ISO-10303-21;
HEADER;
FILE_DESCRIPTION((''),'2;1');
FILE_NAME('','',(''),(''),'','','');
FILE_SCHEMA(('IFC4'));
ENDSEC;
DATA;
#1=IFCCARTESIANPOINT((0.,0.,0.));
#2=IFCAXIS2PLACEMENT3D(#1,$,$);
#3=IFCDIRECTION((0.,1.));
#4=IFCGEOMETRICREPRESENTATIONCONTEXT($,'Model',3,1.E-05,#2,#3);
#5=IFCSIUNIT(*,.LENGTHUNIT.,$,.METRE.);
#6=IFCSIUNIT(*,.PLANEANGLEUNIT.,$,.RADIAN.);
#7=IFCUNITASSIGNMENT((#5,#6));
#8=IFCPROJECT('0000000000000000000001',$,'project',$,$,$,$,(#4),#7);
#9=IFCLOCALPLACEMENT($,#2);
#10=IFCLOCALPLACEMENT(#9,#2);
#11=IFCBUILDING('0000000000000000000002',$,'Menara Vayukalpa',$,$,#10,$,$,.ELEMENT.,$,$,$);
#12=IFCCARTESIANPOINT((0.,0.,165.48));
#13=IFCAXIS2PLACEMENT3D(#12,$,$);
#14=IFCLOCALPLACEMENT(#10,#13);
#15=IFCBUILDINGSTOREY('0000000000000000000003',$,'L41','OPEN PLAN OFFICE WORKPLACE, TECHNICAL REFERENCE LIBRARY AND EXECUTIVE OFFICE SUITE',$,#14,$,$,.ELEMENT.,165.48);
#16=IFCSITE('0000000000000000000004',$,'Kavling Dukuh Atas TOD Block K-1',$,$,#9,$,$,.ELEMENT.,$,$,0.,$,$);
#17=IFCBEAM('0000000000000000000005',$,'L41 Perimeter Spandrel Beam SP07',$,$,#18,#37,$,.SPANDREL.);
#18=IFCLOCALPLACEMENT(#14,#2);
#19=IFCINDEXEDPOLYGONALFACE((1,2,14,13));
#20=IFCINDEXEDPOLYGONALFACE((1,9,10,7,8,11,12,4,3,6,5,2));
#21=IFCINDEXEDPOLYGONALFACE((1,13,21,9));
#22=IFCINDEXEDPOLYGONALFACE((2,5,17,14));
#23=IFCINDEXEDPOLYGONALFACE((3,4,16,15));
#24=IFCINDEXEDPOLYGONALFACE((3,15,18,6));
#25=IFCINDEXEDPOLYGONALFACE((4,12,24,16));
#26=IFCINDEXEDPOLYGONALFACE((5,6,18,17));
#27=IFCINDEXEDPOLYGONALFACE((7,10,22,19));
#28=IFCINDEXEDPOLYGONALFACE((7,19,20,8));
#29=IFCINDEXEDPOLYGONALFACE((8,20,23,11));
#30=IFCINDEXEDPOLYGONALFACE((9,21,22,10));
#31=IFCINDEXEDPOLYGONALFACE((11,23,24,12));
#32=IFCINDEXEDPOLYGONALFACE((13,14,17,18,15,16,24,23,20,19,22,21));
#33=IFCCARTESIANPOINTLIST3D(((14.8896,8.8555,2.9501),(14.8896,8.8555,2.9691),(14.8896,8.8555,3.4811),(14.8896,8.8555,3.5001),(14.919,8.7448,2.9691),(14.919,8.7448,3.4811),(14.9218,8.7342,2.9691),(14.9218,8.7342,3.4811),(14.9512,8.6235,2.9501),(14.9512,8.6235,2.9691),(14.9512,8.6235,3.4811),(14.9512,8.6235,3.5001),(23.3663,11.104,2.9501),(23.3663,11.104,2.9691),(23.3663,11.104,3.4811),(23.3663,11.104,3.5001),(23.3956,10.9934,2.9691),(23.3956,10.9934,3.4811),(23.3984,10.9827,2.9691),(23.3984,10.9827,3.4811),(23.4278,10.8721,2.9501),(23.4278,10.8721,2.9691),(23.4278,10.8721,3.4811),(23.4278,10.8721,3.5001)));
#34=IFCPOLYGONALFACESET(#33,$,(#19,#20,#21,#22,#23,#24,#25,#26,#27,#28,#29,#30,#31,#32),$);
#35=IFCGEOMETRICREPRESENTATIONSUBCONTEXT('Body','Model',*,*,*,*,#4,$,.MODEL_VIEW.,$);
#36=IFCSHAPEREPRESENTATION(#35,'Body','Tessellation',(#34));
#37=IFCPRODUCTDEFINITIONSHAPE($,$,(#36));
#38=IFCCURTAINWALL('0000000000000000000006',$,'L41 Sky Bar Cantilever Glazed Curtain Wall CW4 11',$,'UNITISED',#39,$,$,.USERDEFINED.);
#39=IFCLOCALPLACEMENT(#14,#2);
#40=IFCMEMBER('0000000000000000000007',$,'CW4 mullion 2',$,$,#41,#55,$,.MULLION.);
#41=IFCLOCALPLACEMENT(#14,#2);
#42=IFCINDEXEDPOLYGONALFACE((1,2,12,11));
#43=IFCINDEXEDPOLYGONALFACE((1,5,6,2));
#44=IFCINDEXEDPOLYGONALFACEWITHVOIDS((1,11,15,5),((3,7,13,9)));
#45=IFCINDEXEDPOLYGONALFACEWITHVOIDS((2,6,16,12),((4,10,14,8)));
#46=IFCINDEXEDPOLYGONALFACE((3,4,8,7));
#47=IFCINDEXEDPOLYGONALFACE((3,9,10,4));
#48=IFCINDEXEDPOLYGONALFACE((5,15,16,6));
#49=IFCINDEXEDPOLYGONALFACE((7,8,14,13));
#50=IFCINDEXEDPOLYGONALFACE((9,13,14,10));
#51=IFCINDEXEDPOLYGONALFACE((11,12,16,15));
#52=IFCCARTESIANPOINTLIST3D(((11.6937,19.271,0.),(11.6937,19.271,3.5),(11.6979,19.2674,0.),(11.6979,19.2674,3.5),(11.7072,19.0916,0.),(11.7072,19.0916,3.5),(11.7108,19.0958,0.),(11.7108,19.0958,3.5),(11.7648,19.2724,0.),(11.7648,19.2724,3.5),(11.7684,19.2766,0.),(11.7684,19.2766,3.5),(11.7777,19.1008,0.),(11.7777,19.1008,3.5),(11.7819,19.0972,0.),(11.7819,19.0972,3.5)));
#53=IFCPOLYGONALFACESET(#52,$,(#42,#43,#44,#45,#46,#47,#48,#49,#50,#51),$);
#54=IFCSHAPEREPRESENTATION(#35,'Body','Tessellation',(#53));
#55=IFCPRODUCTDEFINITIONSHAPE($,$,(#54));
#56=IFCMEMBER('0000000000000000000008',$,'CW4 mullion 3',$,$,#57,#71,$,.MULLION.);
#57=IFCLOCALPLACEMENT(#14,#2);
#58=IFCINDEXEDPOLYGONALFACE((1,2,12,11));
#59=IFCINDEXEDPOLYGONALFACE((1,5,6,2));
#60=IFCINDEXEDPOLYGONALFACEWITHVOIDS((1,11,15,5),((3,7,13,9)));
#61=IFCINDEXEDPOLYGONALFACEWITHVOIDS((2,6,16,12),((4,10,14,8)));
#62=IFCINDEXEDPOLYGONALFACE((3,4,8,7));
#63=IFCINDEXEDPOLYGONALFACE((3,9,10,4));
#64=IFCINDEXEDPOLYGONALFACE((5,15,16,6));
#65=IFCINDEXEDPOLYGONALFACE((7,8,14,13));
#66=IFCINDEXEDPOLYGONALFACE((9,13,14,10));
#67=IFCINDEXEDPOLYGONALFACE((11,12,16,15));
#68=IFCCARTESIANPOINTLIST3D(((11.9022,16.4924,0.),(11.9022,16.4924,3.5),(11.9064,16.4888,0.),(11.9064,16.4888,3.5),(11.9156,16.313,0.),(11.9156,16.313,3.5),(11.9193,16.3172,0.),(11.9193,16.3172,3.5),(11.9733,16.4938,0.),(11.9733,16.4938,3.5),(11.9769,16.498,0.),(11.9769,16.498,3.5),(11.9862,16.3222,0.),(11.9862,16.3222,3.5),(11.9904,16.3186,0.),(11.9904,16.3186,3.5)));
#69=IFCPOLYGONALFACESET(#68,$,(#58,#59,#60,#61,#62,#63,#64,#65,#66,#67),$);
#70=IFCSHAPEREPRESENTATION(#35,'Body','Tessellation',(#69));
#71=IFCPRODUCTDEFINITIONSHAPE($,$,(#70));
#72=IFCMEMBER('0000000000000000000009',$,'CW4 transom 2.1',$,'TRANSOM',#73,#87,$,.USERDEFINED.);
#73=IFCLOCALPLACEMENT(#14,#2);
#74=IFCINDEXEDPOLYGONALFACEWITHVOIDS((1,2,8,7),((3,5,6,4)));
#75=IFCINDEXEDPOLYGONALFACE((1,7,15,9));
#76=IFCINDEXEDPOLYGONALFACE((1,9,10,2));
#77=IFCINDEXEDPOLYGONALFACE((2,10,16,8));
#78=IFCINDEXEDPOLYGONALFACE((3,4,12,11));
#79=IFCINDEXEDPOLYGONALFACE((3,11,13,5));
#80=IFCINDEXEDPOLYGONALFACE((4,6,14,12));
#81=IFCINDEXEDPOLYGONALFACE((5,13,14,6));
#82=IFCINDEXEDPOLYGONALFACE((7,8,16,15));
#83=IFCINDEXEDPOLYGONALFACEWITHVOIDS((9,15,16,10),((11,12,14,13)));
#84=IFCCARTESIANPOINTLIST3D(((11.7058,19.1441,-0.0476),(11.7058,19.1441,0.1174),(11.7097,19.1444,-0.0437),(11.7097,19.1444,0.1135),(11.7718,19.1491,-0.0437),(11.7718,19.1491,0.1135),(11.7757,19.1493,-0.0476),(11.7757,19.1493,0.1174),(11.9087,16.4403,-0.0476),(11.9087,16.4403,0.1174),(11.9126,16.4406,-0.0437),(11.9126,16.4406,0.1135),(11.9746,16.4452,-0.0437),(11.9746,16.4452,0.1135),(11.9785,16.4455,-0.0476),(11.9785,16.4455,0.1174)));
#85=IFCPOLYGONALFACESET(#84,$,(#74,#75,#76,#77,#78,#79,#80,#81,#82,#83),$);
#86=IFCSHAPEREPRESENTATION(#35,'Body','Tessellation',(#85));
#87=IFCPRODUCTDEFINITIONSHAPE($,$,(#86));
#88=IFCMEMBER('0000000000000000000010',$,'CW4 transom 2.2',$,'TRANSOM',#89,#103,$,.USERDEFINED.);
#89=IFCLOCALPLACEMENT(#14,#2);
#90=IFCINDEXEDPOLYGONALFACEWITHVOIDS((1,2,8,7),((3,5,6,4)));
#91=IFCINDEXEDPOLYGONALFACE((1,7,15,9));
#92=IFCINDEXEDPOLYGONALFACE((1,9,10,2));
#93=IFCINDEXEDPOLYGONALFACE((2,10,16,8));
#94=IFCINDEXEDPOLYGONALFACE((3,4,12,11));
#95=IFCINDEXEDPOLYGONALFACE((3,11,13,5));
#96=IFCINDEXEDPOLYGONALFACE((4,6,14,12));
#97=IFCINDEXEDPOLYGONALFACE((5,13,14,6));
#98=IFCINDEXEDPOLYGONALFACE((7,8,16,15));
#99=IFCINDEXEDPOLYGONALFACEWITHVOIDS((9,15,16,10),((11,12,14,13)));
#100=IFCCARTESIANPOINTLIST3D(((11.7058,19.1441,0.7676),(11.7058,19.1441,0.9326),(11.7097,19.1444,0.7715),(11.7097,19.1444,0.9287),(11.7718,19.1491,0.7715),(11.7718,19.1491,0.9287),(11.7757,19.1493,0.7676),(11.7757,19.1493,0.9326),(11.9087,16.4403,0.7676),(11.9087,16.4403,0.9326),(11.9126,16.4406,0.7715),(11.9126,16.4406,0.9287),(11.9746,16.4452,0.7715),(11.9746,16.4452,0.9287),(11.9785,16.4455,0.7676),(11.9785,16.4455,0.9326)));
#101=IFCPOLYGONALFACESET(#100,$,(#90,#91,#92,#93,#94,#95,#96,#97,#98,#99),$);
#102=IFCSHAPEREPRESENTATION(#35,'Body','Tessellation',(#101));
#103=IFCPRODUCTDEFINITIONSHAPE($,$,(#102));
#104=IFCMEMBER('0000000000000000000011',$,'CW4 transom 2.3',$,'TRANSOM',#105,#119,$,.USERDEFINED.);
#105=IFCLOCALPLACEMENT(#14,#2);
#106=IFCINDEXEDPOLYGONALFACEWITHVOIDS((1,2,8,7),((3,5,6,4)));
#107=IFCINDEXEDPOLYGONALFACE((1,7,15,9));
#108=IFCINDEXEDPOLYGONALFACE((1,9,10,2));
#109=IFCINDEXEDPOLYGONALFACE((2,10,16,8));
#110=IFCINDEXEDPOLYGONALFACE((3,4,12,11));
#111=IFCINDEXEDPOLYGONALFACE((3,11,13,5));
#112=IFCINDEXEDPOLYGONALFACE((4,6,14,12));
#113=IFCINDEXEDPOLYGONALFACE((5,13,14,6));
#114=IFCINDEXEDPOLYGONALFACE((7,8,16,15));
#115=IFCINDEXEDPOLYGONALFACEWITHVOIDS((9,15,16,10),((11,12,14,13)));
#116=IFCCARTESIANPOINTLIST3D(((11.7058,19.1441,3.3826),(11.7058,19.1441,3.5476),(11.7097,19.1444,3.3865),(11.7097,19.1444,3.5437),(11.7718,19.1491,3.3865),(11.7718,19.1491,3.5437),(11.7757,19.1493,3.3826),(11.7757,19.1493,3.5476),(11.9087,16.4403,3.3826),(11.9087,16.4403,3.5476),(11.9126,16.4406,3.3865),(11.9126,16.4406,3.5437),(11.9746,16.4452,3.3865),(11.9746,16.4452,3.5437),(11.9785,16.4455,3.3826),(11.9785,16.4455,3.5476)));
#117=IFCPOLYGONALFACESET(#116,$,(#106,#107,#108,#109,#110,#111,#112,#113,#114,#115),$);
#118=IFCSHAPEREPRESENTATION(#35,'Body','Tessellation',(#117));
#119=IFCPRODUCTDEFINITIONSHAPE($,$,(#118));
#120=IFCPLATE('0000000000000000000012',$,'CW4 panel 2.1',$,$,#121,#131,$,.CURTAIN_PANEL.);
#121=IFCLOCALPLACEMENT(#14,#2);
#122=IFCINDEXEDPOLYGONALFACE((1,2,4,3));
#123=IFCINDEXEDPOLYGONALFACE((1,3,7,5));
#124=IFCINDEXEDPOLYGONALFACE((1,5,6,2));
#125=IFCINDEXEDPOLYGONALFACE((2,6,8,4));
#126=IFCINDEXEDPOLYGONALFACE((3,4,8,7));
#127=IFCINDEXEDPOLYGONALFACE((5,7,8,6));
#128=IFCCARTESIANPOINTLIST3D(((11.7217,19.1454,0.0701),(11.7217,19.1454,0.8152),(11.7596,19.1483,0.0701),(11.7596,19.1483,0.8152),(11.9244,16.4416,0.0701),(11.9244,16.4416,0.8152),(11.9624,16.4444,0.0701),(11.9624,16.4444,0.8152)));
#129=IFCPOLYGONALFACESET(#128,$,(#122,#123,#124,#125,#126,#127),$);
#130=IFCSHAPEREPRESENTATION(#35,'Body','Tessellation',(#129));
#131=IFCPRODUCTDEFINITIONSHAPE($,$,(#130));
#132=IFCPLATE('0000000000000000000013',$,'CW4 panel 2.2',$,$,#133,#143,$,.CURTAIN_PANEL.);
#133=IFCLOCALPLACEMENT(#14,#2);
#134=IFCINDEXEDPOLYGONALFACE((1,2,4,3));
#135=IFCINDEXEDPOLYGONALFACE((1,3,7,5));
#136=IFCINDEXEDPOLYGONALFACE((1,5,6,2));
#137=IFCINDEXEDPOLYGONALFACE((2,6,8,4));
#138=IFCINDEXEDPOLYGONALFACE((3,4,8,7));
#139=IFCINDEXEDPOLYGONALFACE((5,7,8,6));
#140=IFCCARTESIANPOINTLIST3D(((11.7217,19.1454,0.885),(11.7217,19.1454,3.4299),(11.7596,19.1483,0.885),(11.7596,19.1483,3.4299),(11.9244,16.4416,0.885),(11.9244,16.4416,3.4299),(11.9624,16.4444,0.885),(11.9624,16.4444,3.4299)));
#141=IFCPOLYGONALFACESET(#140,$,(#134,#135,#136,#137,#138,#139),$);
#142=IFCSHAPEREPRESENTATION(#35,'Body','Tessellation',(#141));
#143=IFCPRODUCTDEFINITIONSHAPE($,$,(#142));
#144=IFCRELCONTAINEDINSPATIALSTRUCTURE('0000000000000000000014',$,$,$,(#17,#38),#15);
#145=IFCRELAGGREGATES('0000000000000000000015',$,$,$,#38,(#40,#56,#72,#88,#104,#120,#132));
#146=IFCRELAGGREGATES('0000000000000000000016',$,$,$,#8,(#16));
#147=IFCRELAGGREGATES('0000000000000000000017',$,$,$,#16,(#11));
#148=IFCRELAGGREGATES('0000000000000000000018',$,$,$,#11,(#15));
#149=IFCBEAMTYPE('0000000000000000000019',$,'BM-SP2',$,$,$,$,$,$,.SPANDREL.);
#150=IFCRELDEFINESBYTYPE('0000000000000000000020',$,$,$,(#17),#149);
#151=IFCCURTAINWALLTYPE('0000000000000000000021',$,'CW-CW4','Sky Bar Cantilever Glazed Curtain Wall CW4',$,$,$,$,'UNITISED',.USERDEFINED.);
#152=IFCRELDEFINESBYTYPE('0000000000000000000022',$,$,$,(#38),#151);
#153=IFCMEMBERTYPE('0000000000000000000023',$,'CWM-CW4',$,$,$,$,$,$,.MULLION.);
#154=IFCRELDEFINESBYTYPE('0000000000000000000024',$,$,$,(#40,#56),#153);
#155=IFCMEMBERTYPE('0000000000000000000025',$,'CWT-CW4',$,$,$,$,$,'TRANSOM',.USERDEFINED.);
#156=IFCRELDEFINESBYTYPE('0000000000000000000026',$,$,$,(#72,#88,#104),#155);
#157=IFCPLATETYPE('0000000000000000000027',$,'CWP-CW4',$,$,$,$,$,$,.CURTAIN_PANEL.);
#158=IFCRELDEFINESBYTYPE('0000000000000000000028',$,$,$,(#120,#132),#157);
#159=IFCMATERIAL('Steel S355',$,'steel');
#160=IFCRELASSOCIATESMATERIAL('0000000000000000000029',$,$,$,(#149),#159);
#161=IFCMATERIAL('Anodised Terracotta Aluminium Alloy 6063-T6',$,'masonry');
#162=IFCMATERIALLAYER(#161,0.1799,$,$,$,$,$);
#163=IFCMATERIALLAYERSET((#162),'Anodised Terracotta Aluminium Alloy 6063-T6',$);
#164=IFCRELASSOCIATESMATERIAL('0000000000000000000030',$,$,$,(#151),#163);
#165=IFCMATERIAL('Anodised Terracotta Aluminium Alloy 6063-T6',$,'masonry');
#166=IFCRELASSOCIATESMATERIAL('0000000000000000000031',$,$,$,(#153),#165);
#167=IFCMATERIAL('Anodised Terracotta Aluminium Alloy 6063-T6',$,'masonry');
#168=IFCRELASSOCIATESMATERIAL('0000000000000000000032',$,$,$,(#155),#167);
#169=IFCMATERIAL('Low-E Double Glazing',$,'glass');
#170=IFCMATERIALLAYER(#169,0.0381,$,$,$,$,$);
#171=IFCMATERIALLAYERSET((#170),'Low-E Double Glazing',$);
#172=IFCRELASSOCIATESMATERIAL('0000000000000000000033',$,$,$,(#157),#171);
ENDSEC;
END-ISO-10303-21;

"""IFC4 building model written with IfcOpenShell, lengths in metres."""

from ifc_helpers import new_model, si_unit, direction, frame, origin, origin_2d, place, context, subcontext, project, spatial, rectangle, hollow_rectangle, i_section, extrude, material, layer, layer_set, material_profile, profile_set, type_object, element, aggregate, save


model = new_model("IFC4")

# Units and contexts
model_context = context("Model", 3, precision=1e-05, world=origin(), true_north=direction((0.0, 1.0)))
body_context = subcontext(model_context, "Body", "Model", "MODEL_VIEW")
ifc_project = project(units=[si_unit("LENGTHUNIT", "METRE"), si_unit("PLANEANGLEUNIT", "RADIAN")], contexts=[model_context])

# Site, building, storey
site_placement = place(None, origin())
site = spatial("IfcSite", under=ifc_project, at=site_placement, Name="Kavling Dukuh Atas TOD Block K-1", CompositionType="ELEMENT", RefElevation=0.0)
building_placement = place(site_placement, origin())
building = spatial("IfcBuilding", under=site, at=building_placement, Name="Menara Vayukalpa", CompositionType="ELEMENT")
storey_placement = place(building_placement, frame((0.0, 0.0, 165.48)))
storey = spatial("IfcBuildingStorey", under=building, at=storey_placement, Name="L41", Description="OPEN PLAN OFFICE WORKPLACE, TECHNICAL REFERENCE LIBRARY AND EXECUTIVE OFFICE SUITE", CompositionType="ELEMENT", Elevation=165.48)

# Beam
ifc_material_1 = material(Name="Steel S355", Category="steel")
ifc_material_profile_1 = material_profile(ifc_material_1, i_section(OverallWidth=0.24, OverallDepth=0.55, WebThickness=0.011, FlangeThickness=0.019, at=origin_2d()), Name="WF 550x240x11x19")
ifc_profile_set_1 = profile_set([ifc_material_profile_1], Name="Steel S355")
beam_type_1 = type_object("IfcBeamType", Name="BM-SP2", PredefinedType="SPANDREL", material=ifc_profile_set_1)
beam_1_placement = place(storey_placement, frame((14.9204, 8.7395, 3.2251), z_axis=(0.966571, 0.256398, 0.0), x_axis=(-0.256398, 0.966571, 0.0)))
element("IfcBeam", 1, at=beam_1_placement, inside=storey, type_object=beam_type_1, Name="L41 Perimeter Spandrel Beam SP07", PredefinedType="SPANDREL", context=body_context, shape_type="SweptSolid", body=[
    extrude(i_section(OverallWidth=0.24, OverallDepth=0.55, WebThickness=0.011, FlangeThickness=0.019, at=origin_2d()), origin(), (0.0, 0.0, 1.0), 8.7698),
])

# Curtain wall, members, plates
ifc_material_2 = material(Name="Anodised Terracotta Aluminium Alloy 6063-T6", Category="masonry")
ifc_layer_1 = layer(ifc_material_2, 0.1799)
ifc_layer_set_1 = layer_set([ifc_layer_1], Name="Anodised Terracotta Aluminium Alloy 6063-T6")
curtain_wall_type = type_object("IfcCurtainWallType", Name="CW-CW4", Description="Sky Bar Cantilever Glazed Curtain Wall CW4", ElementType="UNITISED", PredefinedType="USERDEFINED", material=ifc_layer_set_1)
curtain_wall_placement = place(storey_placement, origin())
curtain_wall = element("IfcCurtainWall", 2, at=curtain_wall_placement, inside=storey, type_object=curtain_wall_type, Name="L41 Sky Bar Cantilever Glazed Curtain Wall CW4 11", ObjectType="UNITISED", PredefinedType="USERDEFINED")
ifc_material_3 = material(Name="Anodised Terracotta Aluminium Alloy 6063-T6", Category="masonry")
ifc_material_profile_2 = material_profile(ifc_material_3, hollow_rectangle(XDim=0.075, YDim=0.1799, WallThickness=0.0039, at=origin_2d()), Name="ALU 75x180x4")
ifc_profile_set_2 = profile_set([ifc_material_profile_2], Name="Anodised Terracotta Aluminium Alloy 6063-T6")
member_type_1 = type_object("IfcMemberType", Name="CWM-CW4", PredefinedType="MULLION", material=ifc_profile_set_2)
member_1_placement = place(storey_placement, frame((11.7378, 19.1841, 0.0), z_axis=(0.0, 0.0, 1.0), x_axis=(0.997199, 0.074793, 0.0)))
member_1 = element("IfcMember", 3, at=member_1_placement, type_object=member_type_1, Name="CW4 mullion 2", PredefinedType="MULLION", context=body_context, shape_type="SweptSolid", body=[
    extrude(hollow_rectangle(XDim=0.075, YDim=0.1799, WallThickness=0.0039, at=origin_2d()), origin(), (0.0, 0.0, 1.0), 3.5),
])
member_2_placement = place(storey_placement, frame((11.9463, 16.4055, 0.0), z_axis=(0.0, 0.0, 1.0), x_axis=(0.997199, 0.074793, 0.0)))
member_2 = element("IfcMember", 4, at=member_2_placement, type_object=member_type_1, Name="CW4 mullion 3", PredefinedType="MULLION", context=body_context, shape_type="SweptSolid", body=[
    extrude(hollow_rectangle(XDim=0.075, YDim=0.1799, WallThickness=0.0039, at=origin_2d()), origin(), (0.0, 0.0, 1.0), 3.5),
])
ifc_material_4 = material(Name="Anodised Terracotta Aluminium Alloy 6063-T6", Category="masonry")
ifc_material_profile_3 = material_profile(ifc_material_4, hollow_rectangle(XDim=0.0701, YDim=0.165, WallThickness=0.0039, at=origin_2d()), Name="ALU 70x165x4")
ifc_profile_set_3 = profile_set([ifc_material_profile_3], Name="Anodised Terracotta Aluminium Alloy 6063-T6")
member_type_2 = type_object("IfcMemberType", Name="CWT-CW4", ElementType="TRANSOM", PredefinedType="USERDEFINED", material=ifc_profile_set_3)
member_3_placement = place(storey_placement, frame((11.7407, 19.1467, 0.0349), z_axis=(0.074824, -0.997197, 0.0), x_axis=(0.997197, 0.074824, 0.0)))
member_3 = element("IfcMember", 5, at=member_3_placement, type_object=member_type_2, Name="CW4 transom 2.1", ObjectType="TRANSOM", PredefinedType="USERDEFINED", context=body_context, shape_type="SweptSolid", body=[
    extrude(hollow_rectangle(XDim=0.0701, YDim=0.165, WallThickness=0.0039, at=origin_2d()), origin(), (0.0, 0.0, 1.0), 2.7114),
])
member_4_placement = place(storey_placement, frame((11.7407, 19.1467, 0.8501), z_axis=(0.074824, -0.997197, 0.0), x_axis=(0.997197, 0.074824, 0.0)))
member_4 = element("IfcMember", 6, at=member_4_placement, type_object=member_type_2, Name="CW4 transom 2.2", ObjectType="TRANSOM", PredefinedType="USERDEFINED", context=body_context, shape_type="SweptSolid", body=[
    extrude(hollow_rectangle(XDim=0.0701, YDim=0.165, WallThickness=0.0039, at=origin_2d()), origin(), (0.0, 0.0, 1.0), 2.7114),
])
member_5_placement = place(storey_placement, frame((11.7407, 19.1467, 3.4651), z_axis=(0.074824, -0.997197, 0.0), x_axis=(0.997197, 0.074824, 0.0)))
member_5 = element("IfcMember", 7, at=member_5_placement, type_object=member_type_2, Name="CW4 transom 2.3", ObjectType="TRANSOM", PredefinedType="USERDEFINED", context=body_context, shape_type="SweptSolid", body=[
    extrude(hollow_rectangle(XDim=0.0701, YDim=0.165, WallThickness=0.0039, at=origin_2d()), origin(), (0.0, 0.0, 1.0), 2.7114),
])
ifc_material_5 = material(Name="Low-E Double Glazing", Category="glass")
ifc_layer_2 = layer(ifc_material_5, 0.0381)
ifc_layer_set_2 = layer_set([ifc_layer_2], Name="Low-E Double Glazing")
plate_type = type_object("IfcPlateType", Name="CWP-CW4", PredefinedType="CURTAIN_PANEL", material=ifc_layer_set_2)
plate_1_placement = place(storey_placement, frame((11.842, 17.7949, 0.0701), z_axis=(0.0, 0.0, 1.0), x_axis=(0.074793, -0.997199, 0.0)))
plate_1 = element("IfcPlate", 8, at=plate_1_placement, type_object=plate_type, Name="CW4 panel 2.1", PredefinedType="CURTAIN_PANEL", context=body_context, shape_type="SweptSolid", body=[
    extrude(rectangle(XDim=2.7114, YDim=0.0381, at=origin_2d()), origin(), (0.0, 0.0, 1.0), 0.7451),
])
plate_2_placement = place(storey_placement, frame((11.842, 17.7949, 0.885), z_axis=(0.0, 0.0, 1.0), x_axis=(0.074793, -0.997199, 0.0)))
plate_2 = element("IfcPlate", 9, at=plate_2_placement, type_object=plate_type, Name="CW4 panel 2.2", PredefinedType="CURTAIN_PANEL", context=body_context, shape_type="SweptSolid", body=[
    extrude(rectangle(XDim=2.7114, YDim=0.0381, at=origin_2d()), origin(), (0.0, 0.0, 1.0), 2.5449),
])
aggregate(curtain_wall, [member_1, member_2, member_3, member_4, member_5, plate_1, plate_2])

save(model, "model.ifc")
